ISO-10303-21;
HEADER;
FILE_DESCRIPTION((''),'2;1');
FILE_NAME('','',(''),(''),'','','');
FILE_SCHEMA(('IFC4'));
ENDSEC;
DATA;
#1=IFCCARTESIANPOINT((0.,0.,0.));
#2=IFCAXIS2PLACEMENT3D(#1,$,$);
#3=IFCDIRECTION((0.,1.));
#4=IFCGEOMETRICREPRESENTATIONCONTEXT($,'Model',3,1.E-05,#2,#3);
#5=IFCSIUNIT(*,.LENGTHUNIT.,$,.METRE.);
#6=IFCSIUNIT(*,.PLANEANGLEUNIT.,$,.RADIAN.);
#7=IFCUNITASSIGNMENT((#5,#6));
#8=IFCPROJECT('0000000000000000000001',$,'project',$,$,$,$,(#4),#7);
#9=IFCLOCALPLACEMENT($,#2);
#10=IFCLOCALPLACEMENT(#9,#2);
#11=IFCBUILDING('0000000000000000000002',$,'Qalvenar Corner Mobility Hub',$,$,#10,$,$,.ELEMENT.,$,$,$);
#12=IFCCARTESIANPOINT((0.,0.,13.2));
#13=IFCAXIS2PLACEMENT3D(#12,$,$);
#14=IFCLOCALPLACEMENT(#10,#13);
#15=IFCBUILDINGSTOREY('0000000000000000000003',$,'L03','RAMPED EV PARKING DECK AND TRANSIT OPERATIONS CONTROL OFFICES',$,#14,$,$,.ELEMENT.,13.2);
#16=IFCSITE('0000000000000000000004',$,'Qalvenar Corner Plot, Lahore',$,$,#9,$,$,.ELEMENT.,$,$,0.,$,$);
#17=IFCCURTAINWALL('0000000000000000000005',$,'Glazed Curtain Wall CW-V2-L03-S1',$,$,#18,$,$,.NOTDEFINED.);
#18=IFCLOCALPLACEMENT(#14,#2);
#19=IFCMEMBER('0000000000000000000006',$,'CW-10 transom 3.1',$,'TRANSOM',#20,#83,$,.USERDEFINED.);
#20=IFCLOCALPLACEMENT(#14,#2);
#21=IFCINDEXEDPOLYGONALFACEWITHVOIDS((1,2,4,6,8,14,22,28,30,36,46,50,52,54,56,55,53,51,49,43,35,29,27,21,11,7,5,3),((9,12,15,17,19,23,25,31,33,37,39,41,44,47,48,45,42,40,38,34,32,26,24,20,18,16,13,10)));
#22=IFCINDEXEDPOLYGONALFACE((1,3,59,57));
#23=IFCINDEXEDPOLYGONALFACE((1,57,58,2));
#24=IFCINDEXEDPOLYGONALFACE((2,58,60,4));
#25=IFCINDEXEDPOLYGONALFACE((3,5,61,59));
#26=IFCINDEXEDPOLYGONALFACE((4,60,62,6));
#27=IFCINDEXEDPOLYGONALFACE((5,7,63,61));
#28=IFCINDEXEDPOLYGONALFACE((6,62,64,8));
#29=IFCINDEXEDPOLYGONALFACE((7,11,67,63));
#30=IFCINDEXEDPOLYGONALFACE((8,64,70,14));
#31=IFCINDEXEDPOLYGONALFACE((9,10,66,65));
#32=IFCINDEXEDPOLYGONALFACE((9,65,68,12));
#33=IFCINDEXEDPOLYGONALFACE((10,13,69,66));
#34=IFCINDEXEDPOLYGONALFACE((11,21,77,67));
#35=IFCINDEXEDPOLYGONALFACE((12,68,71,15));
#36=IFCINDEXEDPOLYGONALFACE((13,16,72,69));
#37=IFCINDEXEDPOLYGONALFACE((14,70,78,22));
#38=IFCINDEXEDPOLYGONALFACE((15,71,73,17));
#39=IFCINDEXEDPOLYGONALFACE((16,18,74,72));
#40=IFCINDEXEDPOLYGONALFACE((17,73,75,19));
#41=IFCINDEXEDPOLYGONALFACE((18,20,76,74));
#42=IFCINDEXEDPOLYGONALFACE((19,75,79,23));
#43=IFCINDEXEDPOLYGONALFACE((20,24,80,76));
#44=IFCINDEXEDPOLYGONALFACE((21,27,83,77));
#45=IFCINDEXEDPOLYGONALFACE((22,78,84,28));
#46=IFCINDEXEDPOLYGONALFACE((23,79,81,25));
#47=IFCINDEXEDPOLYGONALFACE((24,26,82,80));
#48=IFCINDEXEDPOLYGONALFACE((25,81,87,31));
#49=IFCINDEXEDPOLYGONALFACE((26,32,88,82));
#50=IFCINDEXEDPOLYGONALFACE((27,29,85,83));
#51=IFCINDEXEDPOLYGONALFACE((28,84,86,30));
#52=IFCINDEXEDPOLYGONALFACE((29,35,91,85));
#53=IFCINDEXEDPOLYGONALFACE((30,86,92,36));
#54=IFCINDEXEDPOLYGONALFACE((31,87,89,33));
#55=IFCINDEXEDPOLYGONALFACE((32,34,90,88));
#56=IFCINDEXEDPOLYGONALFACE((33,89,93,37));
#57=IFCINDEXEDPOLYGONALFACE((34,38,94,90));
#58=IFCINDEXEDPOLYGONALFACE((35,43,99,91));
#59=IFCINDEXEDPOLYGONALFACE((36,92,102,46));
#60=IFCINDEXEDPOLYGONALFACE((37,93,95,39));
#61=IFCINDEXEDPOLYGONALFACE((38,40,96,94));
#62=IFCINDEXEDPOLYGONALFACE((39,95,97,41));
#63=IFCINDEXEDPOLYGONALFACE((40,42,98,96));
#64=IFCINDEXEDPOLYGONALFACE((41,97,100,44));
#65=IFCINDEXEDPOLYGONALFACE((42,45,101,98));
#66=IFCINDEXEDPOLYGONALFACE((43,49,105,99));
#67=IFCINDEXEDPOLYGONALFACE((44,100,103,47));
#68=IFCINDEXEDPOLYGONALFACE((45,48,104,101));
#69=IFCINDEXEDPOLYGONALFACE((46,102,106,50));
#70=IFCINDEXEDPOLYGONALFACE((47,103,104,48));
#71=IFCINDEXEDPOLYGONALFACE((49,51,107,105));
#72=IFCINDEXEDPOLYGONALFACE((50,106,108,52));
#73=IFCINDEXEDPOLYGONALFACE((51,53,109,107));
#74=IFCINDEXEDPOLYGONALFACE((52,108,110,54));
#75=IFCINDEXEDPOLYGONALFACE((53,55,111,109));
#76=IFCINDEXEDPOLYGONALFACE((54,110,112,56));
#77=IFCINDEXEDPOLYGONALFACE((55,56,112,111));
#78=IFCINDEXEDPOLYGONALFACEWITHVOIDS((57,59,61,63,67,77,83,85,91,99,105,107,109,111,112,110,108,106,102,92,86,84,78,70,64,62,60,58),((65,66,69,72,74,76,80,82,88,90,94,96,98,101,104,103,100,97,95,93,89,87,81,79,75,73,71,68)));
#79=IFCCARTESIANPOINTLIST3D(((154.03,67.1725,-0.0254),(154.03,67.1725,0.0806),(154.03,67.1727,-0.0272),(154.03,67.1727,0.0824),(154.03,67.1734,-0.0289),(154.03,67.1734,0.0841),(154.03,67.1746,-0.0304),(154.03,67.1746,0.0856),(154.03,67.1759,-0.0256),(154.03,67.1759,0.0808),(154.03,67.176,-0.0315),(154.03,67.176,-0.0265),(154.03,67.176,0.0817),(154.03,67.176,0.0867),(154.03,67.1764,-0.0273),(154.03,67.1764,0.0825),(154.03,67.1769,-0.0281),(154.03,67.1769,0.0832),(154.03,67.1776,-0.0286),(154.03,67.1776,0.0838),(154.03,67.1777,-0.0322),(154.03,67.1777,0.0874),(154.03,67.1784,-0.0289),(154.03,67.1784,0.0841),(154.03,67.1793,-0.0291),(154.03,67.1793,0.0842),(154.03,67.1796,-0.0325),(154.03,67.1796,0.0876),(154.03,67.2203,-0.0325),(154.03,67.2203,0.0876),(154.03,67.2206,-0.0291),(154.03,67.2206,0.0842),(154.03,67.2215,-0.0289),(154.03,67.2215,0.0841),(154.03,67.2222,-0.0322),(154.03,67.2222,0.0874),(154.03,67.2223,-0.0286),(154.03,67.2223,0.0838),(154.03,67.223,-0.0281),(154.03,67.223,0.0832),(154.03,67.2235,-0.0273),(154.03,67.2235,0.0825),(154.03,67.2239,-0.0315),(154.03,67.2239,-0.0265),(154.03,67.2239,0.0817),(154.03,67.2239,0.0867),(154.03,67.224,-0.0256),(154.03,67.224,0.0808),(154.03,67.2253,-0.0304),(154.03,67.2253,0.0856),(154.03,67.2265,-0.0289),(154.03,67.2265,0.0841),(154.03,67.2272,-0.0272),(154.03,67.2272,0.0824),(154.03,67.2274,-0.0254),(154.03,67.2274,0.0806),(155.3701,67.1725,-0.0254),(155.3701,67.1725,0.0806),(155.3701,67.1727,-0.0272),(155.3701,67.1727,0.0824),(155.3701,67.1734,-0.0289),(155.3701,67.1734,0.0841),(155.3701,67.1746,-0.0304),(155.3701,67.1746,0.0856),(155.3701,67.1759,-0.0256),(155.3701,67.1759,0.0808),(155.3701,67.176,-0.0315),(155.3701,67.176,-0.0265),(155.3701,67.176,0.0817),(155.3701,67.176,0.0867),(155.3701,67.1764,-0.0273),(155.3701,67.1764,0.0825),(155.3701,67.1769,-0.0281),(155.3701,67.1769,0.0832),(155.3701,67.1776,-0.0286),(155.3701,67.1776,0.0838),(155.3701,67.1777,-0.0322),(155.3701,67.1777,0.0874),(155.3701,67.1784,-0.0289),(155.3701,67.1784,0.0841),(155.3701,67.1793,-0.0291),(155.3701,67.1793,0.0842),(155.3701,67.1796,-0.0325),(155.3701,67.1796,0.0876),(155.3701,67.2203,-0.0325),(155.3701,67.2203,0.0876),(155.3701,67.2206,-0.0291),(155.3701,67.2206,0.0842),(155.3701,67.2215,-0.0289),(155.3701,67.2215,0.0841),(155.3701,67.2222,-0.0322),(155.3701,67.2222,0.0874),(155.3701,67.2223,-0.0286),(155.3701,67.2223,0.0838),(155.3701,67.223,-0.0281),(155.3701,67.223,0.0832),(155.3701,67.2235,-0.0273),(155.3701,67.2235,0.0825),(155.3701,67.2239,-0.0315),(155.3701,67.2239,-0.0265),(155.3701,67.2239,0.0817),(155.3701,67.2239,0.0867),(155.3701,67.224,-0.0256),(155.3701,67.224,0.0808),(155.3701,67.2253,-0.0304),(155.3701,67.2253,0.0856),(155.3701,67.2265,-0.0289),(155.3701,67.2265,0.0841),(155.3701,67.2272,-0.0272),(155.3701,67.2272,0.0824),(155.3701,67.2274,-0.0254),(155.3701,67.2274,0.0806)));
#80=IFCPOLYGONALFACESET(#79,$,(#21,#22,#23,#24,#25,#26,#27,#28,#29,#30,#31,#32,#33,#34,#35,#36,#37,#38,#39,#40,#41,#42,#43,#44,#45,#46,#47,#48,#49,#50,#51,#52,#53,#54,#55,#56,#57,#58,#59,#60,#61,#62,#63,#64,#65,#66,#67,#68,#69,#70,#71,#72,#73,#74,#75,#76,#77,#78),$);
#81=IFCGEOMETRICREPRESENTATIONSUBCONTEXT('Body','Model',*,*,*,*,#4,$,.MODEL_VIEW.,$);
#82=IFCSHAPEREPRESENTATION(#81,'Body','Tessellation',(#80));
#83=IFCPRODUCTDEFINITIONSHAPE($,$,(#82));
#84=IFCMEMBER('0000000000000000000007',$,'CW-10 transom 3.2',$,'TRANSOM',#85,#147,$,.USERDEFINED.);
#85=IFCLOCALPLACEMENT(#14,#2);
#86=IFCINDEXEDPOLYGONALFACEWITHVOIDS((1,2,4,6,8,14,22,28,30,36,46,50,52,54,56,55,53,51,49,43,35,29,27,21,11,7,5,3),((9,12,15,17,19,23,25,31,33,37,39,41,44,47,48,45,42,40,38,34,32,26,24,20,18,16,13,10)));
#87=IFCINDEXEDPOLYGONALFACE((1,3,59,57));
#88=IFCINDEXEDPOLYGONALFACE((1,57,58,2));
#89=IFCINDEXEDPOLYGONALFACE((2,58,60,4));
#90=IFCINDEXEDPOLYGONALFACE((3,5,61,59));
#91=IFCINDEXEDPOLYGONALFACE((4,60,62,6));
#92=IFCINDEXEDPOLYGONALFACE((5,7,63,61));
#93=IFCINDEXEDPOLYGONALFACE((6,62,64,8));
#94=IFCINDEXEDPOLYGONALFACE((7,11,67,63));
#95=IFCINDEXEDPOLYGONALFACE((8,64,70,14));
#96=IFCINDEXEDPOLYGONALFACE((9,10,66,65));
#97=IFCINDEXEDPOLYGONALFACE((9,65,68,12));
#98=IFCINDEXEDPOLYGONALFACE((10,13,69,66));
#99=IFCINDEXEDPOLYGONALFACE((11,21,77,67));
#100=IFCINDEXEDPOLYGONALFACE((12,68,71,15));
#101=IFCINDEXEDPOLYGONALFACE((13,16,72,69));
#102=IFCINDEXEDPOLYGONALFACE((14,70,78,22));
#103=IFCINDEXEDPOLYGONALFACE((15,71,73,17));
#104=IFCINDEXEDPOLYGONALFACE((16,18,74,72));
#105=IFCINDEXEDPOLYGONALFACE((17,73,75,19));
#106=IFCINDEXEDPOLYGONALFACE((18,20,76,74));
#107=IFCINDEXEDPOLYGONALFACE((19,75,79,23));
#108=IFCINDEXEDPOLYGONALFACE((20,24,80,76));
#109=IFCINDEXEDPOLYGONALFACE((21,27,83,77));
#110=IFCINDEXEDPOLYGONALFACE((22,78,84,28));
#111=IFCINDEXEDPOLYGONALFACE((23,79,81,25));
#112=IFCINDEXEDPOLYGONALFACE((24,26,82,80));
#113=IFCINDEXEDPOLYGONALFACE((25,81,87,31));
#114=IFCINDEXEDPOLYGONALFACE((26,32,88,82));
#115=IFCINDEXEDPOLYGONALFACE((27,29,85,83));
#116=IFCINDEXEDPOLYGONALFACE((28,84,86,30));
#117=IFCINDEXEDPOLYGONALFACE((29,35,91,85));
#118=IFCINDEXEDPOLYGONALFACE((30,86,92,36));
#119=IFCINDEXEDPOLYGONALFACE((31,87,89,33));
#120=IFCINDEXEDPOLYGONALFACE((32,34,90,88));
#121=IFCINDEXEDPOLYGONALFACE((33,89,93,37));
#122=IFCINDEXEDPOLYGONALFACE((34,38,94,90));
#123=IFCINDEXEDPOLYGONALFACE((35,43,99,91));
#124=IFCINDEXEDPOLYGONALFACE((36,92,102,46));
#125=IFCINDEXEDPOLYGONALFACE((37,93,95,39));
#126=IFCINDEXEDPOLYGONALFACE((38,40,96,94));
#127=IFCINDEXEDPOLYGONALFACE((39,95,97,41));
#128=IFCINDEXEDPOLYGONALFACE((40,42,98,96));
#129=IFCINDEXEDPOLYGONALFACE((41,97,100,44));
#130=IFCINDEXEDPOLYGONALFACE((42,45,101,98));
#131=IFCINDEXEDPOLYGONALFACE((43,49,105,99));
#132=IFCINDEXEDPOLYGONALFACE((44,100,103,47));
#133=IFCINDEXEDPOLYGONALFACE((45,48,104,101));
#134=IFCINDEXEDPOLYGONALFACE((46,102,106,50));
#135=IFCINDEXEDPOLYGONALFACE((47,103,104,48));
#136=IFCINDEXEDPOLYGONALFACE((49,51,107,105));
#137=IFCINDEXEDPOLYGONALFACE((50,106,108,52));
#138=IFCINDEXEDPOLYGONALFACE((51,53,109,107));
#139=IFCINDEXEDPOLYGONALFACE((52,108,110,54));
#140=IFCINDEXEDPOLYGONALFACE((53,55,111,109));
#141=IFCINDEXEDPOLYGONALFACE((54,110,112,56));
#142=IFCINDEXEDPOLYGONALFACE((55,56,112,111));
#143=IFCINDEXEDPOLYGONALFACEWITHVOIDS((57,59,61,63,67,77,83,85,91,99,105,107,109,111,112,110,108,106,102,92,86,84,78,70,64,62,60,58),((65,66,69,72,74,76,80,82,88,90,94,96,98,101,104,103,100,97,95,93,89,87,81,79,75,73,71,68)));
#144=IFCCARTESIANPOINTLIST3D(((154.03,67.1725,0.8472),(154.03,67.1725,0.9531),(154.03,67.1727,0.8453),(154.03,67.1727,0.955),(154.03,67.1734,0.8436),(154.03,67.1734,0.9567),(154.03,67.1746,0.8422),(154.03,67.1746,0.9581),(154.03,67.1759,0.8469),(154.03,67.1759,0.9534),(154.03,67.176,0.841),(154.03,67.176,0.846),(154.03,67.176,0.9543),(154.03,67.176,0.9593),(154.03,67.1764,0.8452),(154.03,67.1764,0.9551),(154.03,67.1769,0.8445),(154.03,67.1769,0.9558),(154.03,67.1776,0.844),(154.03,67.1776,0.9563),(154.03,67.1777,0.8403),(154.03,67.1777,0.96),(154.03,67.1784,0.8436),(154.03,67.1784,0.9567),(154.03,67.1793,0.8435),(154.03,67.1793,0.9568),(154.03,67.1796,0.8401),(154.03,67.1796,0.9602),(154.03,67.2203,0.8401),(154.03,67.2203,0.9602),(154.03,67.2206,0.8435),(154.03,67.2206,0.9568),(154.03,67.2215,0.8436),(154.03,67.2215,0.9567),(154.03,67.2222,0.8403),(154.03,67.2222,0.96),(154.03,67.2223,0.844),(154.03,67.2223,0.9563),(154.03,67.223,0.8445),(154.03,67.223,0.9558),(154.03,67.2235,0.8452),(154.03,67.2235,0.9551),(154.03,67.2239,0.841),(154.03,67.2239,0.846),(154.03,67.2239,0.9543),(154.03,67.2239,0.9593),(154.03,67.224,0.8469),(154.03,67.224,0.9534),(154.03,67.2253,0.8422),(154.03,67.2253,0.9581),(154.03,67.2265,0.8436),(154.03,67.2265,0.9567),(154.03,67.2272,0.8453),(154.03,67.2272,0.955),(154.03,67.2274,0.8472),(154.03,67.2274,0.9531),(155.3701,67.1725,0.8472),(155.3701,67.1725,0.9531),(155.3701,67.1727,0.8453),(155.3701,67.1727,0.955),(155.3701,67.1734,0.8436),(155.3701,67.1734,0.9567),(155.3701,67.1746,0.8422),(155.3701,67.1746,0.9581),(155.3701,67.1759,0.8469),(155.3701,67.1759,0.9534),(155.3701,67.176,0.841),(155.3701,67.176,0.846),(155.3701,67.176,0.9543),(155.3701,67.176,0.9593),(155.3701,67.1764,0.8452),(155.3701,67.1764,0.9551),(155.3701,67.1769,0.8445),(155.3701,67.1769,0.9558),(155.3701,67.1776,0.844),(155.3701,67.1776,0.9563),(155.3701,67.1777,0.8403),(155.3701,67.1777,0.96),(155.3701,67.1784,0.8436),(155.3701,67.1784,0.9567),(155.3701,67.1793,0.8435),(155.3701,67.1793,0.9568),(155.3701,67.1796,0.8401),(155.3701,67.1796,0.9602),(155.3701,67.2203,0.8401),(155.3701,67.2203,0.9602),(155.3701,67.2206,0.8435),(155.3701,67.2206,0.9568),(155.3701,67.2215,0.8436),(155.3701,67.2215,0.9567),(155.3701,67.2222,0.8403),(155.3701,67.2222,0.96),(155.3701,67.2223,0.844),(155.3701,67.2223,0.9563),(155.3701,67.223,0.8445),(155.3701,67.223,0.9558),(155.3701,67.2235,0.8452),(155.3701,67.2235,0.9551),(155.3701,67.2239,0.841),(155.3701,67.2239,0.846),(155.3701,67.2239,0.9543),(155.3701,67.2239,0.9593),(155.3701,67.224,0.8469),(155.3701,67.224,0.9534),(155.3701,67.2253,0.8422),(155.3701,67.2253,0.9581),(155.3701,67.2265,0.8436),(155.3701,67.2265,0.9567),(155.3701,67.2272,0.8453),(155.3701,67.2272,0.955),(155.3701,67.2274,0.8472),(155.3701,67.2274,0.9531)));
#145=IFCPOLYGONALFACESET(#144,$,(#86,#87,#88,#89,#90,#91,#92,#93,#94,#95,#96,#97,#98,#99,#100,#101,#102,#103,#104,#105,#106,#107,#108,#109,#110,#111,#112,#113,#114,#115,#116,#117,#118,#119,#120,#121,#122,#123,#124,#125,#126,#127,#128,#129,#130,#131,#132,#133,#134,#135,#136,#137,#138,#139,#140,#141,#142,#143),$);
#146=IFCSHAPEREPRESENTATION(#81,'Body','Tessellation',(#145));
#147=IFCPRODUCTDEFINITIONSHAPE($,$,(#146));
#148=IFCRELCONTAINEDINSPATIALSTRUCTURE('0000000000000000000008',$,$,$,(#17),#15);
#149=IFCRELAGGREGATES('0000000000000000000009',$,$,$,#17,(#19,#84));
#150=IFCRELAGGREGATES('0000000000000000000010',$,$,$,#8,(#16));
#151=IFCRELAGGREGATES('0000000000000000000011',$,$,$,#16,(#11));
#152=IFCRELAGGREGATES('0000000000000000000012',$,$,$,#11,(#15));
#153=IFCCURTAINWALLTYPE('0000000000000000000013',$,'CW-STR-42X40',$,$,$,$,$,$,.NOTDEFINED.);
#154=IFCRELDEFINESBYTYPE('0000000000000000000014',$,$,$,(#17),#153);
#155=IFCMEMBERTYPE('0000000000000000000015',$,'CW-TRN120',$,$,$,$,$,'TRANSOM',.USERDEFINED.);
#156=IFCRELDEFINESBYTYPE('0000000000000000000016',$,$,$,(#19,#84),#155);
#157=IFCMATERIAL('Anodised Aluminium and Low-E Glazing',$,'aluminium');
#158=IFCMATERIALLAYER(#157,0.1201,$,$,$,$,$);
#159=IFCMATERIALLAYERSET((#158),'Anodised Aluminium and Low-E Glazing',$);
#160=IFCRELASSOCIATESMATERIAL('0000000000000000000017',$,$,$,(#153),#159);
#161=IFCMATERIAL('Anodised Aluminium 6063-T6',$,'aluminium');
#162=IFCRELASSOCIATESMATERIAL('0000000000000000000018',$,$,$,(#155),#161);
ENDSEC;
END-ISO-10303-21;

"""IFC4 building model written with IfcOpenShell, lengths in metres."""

from ifc_helpers import new_model, si_unit, direction, frame, origin, origin_2d, place, context, subcontext, project, spatial, hollow_rectangle, extrude, material, layer, layer_set, material_profile, profile_set, type_object, element, aggregate, save


model = new_model("IFC4")

# Units and contexts
model_context = context("Model", 3, precision=1e-05, world=origin(), true_north=direction((0.0, 1.0)))
body_context = subcontext(model_context, "Body", "Model", "MODEL_VIEW")
ifc_project = project(units=[si_unit("LENGTHUNIT", "METRE"), si_unit("PLANEANGLEUNIT", "RADIAN")], contexts=[model_context])

# Site, building, storey
site_placement = place(None, origin())
site = spatial("IfcSite", under=ifc_project, at=site_placement, Name="Qalvenar Corner Plot, Lahore", CompositionType="ELEMENT", RefElevation=0.0)
building_placement = place(site_placement, origin())
building = spatial("IfcBuilding", under=site, at=building_placement, Name="Qalvenar Corner Mobility Hub", CompositionType="ELEMENT")
storey_placement = place(building_placement, frame((0.0, 0.0, 13.2)))
storey = spatial("IfcBuildingStorey", under=building, at=storey_placement, Name="L03", Description="RAMPED EV PARKING DECK AND TRANSIT OPERATIONS CONTROL OFFICES", CompositionType="ELEMENT", Elevation=13.2)

# Curtain wall, members
ifc_material_1 = material(Name="Anodised Aluminium and Low-E Glazing", Category="aluminium")
ifc_layer_1 = layer(ifc_material_1, 0.1201)
ifc_layer_set_1 = layer_set([ifc_layer_1], Name="Anodised Aluminium and Low-E Glazing")
curtain_wall_type = type_object("IfcCurtainWallType", Name="CW-STR-42X40", PredefinedType="NOTDEFINED", material=ifc_layer_set_1)
curtain_wall_placement = place(storey_placement, origin())
curtain_wall = element("IfcCurtainWall", 1, at=curtain_wall_placement, inside=storey, type_object=curtain_wall_type, Name="Glazed Curtain Wall CW-V2-L03-S1", PredefinedType="NOTDEFINED")
ifc_material_2 = material(Name="Anodised Aluminium 6063-T6", Category="aluminium")
ifc_material_profile_1 = material_profile(ifc_material_2, hollow_rectangle(XDim=0.0549, YDim=0.1201, WallThickness=0.0034, InnerFilletRadius=0.0034, OuterFilletRadius=0.0071, at=origin_2d()), Name="RHS120x55x3.5")
ifc_profile_set_1 = profile_set([ifc_material_profile_1], Name="Anodised Aluminium 6063-T6")
member_type_1 = type_object("IfcMemberType", Name="CW-TRN120", ElementType="TRANSOM", PredefinedType="USERDEFINED", material=ifc_profile_set_1)
member_1_placement = place(storey_placement, frame((154.03, 67.2, 0.0276), z_axis=(1.0, 0.0, 0.0), x_axis=(0.0, 1.0, 0.0)))
member_1 = element("IfcMember", 2, at=member_1_placement, type_object=member_type_1, Name="CW-10 transom 3.1", ObjectType="TRANSOM", PredefinedType="USERDEFINED", context=body_context, shape_type="SweptSolid", body=[
    extrude(hollow_rectangle(XDim=0.0549, YDim=0.1201, WallThickness=0.0034, InnerFilletRadius=0.0034, OuterFilletRadius=0.0071, at=origin_2d()), origin(), (0.0, 0.0, 1.0), 1.3401),
])
member_2_placement = place(storey_placement, frame((154.03, 67.2, 0.9001), z_axis=(1.0, 0.0, 0.0), x_axis=(0.0, 1.0, 0.0)))
member_2 = element("IfcMember", 3, at=member_2_placement, type_object=member_type_1, Name="CW-10 transom 3.2", ObjectType="TRANSOM", PredefinedType="USERDEFINED", context=body_context, shape_type="SweptSolid", body=[
    extrude(hollow_rectangle(XDim=0.0549, YDim=0.1201, WallThickness=0.0034, InnerFilletRadius=0.0034, OuterFilletRadius=0.0071, at=origin_2d()), origin(), (0.0, 0.0, 1.0), 1.3401),
])
aggregate(curtain_wall, [member_1, member_2])

save(model, "model.ifc")
